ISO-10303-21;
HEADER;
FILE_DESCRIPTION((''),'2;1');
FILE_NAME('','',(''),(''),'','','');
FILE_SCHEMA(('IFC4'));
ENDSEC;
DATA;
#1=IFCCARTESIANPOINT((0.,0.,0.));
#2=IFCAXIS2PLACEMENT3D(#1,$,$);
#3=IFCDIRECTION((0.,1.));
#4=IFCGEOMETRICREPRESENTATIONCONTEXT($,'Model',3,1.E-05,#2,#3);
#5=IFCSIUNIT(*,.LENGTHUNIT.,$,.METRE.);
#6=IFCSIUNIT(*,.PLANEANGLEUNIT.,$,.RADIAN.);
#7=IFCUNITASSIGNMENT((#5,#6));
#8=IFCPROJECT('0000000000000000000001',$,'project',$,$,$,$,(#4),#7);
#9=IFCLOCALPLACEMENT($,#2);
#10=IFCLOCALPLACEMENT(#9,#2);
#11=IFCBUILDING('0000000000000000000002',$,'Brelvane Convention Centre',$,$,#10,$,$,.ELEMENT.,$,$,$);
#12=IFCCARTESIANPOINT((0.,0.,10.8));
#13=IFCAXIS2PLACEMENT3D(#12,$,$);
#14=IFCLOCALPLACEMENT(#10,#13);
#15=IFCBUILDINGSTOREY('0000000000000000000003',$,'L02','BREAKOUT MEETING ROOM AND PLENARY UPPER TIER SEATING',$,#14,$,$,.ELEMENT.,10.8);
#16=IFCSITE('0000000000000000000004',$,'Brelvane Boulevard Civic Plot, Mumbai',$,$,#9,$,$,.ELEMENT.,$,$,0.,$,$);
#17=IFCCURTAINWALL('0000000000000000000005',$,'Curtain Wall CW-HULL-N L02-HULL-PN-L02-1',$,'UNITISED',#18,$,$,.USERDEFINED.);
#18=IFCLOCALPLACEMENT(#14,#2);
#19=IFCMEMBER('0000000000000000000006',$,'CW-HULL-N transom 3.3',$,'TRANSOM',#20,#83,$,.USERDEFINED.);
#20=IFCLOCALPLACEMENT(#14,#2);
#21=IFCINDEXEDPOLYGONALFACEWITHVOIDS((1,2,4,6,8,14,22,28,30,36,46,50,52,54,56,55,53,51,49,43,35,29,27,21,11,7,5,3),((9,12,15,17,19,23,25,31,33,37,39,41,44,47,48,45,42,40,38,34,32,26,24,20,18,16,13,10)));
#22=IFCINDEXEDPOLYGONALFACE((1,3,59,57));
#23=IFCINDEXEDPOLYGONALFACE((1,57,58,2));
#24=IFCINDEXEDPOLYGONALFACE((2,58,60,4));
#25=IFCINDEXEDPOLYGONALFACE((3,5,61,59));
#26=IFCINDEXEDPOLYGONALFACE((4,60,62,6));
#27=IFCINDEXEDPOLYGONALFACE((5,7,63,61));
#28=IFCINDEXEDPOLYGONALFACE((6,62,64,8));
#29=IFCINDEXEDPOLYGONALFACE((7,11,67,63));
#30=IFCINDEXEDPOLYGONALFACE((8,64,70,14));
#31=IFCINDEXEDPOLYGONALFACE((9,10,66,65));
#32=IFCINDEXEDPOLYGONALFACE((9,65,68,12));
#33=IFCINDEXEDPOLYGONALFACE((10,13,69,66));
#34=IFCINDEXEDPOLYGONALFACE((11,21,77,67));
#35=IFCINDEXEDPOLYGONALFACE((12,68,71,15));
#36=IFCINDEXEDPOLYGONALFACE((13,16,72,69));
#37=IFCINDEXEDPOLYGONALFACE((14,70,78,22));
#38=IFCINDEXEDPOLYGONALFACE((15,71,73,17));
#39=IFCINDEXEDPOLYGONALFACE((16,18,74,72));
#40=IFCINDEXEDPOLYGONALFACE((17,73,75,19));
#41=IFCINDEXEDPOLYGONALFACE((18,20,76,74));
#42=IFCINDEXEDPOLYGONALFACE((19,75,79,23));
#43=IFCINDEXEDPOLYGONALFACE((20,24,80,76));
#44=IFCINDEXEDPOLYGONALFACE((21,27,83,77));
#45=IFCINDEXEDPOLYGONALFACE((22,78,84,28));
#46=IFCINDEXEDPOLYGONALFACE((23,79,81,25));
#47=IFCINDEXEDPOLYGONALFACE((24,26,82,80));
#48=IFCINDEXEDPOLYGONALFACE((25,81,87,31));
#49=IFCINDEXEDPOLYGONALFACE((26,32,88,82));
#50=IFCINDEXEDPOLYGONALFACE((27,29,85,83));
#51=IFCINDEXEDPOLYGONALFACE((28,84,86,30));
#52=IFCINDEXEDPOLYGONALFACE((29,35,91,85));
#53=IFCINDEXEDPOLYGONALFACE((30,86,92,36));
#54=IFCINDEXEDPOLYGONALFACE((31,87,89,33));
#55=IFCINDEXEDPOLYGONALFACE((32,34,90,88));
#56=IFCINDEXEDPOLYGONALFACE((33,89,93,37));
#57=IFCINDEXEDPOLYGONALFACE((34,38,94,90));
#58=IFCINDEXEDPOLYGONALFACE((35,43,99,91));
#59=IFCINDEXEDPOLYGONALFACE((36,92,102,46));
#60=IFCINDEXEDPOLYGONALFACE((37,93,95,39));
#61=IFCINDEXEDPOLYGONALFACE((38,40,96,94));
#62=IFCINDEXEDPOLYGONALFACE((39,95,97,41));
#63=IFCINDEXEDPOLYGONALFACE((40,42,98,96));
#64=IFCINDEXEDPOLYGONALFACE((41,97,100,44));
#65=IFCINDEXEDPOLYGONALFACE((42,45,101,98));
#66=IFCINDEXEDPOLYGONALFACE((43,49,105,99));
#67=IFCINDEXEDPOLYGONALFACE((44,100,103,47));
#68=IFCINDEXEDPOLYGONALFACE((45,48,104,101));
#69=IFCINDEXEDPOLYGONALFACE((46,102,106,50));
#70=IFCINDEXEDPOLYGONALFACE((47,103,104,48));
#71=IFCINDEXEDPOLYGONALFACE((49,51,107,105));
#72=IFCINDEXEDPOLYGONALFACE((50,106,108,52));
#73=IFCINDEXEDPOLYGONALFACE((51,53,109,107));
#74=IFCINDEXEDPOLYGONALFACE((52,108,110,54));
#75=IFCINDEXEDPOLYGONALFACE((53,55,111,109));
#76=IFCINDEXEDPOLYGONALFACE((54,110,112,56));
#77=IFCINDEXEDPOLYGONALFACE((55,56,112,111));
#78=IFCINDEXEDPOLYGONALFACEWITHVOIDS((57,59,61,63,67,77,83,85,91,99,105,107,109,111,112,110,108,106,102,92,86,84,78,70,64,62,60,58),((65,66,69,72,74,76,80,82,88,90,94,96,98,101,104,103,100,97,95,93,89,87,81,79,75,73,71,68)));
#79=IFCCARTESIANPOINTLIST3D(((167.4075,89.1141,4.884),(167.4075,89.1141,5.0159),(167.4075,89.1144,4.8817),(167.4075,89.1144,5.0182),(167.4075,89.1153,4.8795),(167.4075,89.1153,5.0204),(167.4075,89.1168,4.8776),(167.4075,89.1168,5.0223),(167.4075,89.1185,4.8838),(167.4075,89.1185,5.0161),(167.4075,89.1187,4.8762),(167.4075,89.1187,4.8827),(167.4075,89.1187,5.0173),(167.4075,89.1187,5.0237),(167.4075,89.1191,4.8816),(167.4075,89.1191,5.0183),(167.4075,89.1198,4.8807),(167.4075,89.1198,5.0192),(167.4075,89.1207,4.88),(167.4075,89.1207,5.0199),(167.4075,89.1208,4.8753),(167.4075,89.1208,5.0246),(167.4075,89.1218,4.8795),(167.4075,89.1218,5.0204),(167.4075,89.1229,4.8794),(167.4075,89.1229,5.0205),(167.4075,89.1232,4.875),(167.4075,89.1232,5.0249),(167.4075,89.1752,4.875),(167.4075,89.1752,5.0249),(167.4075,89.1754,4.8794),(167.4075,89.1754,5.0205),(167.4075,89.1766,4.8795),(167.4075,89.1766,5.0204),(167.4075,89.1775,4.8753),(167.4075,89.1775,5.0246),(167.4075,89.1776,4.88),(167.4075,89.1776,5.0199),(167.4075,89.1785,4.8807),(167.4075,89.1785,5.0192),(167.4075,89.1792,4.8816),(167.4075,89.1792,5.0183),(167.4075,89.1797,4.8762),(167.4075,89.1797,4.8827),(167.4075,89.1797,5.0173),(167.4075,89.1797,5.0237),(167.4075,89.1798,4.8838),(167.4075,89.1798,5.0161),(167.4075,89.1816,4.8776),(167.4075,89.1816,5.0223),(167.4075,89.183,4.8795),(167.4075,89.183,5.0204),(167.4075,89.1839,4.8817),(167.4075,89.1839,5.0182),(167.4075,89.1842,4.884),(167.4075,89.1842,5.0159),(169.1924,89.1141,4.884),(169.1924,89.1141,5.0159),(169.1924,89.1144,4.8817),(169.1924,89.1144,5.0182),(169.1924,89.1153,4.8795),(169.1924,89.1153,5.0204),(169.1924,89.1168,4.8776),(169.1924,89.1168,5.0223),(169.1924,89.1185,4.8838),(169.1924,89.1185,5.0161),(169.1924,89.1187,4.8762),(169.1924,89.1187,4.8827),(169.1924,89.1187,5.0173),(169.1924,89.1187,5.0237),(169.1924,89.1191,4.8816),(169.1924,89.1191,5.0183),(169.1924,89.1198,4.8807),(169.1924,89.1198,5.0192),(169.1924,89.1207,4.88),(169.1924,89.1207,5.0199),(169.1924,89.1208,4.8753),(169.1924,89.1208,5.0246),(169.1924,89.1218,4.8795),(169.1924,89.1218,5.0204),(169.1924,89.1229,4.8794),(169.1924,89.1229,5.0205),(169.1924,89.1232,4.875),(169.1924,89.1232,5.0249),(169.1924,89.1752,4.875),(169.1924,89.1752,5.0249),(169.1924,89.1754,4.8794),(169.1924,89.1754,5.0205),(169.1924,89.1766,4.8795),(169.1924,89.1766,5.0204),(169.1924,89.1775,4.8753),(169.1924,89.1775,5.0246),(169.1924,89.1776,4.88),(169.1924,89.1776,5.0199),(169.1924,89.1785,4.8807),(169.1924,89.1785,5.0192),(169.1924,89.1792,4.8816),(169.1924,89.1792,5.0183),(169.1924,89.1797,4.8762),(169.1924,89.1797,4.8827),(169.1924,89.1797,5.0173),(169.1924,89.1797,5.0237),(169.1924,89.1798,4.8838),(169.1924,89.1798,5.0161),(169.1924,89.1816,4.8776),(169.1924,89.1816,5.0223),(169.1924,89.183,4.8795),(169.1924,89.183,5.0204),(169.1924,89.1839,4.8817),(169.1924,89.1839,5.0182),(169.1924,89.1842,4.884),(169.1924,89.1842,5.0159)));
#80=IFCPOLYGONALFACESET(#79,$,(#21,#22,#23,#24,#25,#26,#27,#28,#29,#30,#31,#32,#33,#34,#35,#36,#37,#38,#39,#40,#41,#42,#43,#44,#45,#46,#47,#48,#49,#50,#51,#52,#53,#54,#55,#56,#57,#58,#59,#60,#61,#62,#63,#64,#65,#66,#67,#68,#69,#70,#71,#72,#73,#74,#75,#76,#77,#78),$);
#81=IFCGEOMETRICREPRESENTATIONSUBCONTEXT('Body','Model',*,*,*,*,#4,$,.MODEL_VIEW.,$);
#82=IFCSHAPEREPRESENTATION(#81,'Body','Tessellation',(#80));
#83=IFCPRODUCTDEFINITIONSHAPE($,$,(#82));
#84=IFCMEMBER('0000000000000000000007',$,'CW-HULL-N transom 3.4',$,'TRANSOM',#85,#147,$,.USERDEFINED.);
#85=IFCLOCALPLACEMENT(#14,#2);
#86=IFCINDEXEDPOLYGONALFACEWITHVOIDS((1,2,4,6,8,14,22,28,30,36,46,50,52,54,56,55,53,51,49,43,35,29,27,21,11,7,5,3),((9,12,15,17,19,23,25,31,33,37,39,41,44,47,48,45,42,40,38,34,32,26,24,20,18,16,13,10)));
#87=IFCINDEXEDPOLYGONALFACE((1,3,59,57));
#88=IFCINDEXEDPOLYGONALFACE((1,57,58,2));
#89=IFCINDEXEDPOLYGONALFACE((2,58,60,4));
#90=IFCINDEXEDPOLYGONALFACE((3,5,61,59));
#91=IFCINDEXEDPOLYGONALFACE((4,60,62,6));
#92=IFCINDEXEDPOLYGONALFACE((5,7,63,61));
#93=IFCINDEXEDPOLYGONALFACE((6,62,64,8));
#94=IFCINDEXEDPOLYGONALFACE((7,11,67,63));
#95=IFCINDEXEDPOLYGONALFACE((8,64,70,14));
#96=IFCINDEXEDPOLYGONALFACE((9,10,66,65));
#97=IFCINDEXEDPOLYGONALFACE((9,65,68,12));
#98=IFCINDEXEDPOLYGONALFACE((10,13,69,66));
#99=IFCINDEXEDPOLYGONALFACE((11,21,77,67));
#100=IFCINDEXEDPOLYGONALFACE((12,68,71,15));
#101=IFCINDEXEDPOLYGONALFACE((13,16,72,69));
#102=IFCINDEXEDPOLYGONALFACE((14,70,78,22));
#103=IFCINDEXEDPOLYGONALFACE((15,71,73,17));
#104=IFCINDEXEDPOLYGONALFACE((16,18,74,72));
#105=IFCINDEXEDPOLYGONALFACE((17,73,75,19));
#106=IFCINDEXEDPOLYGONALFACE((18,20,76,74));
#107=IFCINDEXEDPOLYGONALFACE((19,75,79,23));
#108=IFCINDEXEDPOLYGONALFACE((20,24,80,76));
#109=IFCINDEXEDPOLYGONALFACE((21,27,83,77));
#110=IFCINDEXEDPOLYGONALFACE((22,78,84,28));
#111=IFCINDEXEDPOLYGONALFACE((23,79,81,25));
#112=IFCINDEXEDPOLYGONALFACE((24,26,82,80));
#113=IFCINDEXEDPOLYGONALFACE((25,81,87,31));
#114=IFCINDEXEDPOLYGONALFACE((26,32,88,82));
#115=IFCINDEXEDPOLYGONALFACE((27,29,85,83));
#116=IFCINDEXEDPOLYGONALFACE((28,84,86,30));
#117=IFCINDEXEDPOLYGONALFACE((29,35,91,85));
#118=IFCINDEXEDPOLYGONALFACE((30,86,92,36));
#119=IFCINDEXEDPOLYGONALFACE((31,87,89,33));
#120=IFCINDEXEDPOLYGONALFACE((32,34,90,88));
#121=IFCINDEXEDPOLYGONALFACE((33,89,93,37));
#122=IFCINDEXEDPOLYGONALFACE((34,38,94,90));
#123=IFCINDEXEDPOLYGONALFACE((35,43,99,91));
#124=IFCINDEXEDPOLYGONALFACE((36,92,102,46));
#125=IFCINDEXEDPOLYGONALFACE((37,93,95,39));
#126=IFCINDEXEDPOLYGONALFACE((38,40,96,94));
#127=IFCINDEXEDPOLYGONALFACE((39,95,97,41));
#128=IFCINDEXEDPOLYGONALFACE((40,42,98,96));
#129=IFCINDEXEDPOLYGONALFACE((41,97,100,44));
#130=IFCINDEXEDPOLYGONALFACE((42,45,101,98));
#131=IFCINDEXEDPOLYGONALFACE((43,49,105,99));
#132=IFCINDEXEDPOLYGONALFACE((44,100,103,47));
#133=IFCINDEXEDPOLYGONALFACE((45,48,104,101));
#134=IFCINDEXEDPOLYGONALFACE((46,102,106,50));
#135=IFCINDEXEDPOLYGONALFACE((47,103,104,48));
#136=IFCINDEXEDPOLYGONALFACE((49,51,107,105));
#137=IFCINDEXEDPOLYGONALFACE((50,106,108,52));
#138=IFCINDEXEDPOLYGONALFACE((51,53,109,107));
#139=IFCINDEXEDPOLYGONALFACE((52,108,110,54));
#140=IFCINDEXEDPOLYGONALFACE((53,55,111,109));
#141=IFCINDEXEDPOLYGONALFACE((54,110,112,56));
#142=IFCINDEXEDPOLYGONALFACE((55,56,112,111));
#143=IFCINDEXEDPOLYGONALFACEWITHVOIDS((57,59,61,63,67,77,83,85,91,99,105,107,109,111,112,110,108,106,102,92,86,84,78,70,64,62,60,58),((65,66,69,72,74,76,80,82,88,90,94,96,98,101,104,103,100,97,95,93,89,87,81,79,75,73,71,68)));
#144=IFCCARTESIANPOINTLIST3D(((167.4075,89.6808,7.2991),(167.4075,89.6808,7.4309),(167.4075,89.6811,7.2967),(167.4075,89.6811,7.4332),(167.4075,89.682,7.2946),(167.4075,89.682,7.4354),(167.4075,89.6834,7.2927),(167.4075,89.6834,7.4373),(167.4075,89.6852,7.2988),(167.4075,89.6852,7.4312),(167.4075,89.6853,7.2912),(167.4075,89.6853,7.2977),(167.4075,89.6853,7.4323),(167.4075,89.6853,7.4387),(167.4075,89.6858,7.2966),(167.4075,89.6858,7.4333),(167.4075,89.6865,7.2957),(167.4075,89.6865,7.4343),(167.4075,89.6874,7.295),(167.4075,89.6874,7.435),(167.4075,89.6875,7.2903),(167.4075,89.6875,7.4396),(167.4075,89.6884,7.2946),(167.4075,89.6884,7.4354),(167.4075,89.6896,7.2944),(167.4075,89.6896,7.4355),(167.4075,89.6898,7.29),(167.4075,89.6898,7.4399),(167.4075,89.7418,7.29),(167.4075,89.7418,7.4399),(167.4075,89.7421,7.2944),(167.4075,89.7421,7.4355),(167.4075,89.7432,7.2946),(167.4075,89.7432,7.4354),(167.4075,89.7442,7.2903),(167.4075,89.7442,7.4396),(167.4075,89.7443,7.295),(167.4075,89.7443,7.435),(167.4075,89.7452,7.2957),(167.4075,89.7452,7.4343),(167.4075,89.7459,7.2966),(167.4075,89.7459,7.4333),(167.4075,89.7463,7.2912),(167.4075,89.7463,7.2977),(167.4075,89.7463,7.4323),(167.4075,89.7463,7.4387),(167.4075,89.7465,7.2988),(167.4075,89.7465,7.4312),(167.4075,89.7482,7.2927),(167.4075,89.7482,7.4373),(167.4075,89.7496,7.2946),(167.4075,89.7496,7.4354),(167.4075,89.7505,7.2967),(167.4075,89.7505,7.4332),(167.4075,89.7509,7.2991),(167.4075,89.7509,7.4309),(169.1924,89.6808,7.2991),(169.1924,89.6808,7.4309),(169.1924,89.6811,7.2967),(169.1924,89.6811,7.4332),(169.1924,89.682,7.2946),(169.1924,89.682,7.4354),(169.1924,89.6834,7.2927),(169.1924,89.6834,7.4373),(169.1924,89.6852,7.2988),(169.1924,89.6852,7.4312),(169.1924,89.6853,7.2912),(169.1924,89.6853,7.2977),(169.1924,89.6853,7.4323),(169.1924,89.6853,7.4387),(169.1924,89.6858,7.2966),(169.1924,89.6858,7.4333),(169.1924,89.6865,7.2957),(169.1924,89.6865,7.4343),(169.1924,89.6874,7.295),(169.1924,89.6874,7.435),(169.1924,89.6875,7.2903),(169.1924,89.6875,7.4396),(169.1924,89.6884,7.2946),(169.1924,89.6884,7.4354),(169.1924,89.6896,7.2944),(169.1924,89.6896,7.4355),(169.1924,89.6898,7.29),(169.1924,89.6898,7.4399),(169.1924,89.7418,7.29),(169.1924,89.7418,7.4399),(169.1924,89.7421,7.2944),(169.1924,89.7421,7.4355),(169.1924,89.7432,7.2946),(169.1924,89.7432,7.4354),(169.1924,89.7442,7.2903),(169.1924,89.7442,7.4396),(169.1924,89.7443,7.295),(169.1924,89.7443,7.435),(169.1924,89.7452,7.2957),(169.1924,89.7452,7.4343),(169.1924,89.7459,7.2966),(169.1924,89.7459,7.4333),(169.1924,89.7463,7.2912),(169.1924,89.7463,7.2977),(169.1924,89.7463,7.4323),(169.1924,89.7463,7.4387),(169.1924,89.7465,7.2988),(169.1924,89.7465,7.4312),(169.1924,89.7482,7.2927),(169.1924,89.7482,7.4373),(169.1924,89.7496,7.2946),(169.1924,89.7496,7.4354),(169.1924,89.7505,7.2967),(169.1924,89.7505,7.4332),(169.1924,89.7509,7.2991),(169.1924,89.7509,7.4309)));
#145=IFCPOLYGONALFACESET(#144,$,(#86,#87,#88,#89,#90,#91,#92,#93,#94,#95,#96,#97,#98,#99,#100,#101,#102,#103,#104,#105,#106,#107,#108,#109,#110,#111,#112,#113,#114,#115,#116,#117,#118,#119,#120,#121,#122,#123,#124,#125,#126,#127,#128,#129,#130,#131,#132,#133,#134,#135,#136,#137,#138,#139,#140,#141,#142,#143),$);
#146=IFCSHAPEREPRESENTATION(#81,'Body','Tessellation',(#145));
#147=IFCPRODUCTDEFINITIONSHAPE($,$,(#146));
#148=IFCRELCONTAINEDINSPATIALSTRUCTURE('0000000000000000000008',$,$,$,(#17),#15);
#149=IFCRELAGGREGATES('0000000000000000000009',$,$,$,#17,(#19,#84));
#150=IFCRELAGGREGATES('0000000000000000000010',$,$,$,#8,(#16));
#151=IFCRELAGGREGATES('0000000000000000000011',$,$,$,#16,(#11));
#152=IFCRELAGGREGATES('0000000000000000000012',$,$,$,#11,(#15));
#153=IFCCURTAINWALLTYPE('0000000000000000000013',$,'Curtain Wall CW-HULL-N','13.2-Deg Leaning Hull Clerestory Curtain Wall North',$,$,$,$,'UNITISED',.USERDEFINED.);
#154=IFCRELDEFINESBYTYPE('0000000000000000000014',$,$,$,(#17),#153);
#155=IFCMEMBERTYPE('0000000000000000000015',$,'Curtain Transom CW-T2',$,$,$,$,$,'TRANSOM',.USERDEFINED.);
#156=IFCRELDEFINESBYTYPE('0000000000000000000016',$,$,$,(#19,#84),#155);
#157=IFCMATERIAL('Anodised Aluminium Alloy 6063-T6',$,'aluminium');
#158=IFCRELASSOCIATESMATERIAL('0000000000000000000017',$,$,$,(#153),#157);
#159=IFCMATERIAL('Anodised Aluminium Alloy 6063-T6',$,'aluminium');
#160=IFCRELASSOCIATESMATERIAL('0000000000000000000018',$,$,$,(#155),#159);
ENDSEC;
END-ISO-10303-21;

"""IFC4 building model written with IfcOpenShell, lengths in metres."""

from ifc_helpers import new_model, si_unit, direction, frame, origin, origin_2d, place, context, subcontext, project, spatial, hollow_rectangle, extrude, material, material_profile, profile_set, type_object, element, aggregate, save


model = new_model("IFC4")

# Units and contexts
model_context = context("Model", 3, precision=1e-05, world=origin(), true_north=direction((0.0, 1.0)))
body_context = subcontext(model_context, "Body", "Model", "MODEL_VIEW")
ifc_project = project(units=[si_unit("LENGTHUNIT", "METRE"), si_unit("PLANEANGLEUNIT", "RADIAN")], contexts=[model_context])

# Site, building, storey
site_placement = place(None, origin())
site = spatial("IfcSite", under=ifc_project, at=site_placement, Name="Brelvane Boulevard Civic Plot, Mumbai", CompositionType="ELEMENT", RefElevation=0.0)
building_placement = place(site_placement, origin())
building = spatial("IfcBuilding", under=site, at=building_placement, Name="Brelvane Convention Centre", CompositionType="ELEMENT")
storey_placement = place(building_placement, frame((0.0, 0.0, 10.8)))
storey = spatial("IfcBuildingStorey", under=building, at=storey_placement, Name="L02", Description="BREAKOUT MEETING ROOM AND PLENARY UPPER TIER SEATING", CompositionType="ELEMENT", Elevation=10.8)

# Curtain wall, members
ifc_material_1 = material(Name="Anodised Aluminium Alloy 6063-T6", Category="aluminium")
curtain_wall_type = type_object("IfcCurtainWallType", Name="Curtain Wall CW-HULL-N", Description="13.2-Deg Leaning Hull Clerestory Curtain Wall North", ElementType="UNITISED", PredefinedType="USERDEFINED", material=ifc_material_1)
curtain_wall_1_placement = place(storey_placement, origin())
curtain_wall_1 = element("IfcCurtainWall", 1, at=curtain_wall_1_placement, inside=storey, type_object=curtain_wall_type, Name="Curtain Wall CW-HULL-N L02-HULL-PN-L02-1", ObjectType="UNITISED", PredefinedType="USERDEFINED")
ifc_material_2 = material(Name="Anodised Aluminium Alloy 6063-T6", Category="aluminium")
ifc_material_profile = material_profile(ifc_material_2, hollow_rectangle(XDim=0.0701, YDim=0.1499, WallThickness=0.0044, InnerFilletRadius=0.0044, OuterFilletRadius=0.009, at=origin_2d()), Name="ALU-T 150x70x4.5")
ifc_profile_set = profile_set([ifc_material_profile], Name="Anodised Aluminium Alloy 6063-T6")
member_type = type_object("IfcMemberType", Name="Curtain Transom CW-T2", ElementType="TRANSOM", PredefinedType="USERDEFINED", material=ifc_profile_set)
member_1_placement = place(storey_placement, frame((167.4075, 89.1492, 4.95), z_axis=(1.0, 0.0, 0.0), x_axis=(0.0, 1.0, 0.0)))
member_1 = element("IfcMember", 2, at=member_1_placement, type_object=member_type, Name="CW-HULL-N transom 3.3", ObjectType="TRANSOM", PredefinedType="USERDEFINED", context=body_context, shape_type="SweptSolid", body=[
    extrude(hollow_rectangle(XDim=0.0701, YDim=0.1499, WallThickness=0.0044, InnerFilletRadius=0.0044, OuterFilletRadius=0.009, at=origin_2d()), origin(), (0.0, 0.0, 1.0), 1.7849),
])
member_2_placement = place(storey_placement, frame((167.4075, 89.7158, 7.365), z_axis=(1.0, 0.0, 0.0), x_axis=(0.0, 1.0, 0.0)))
member_2 = element("IfcMember", 3, at=member_2_placement, type_object=member_type, Name="CW-HULL-N transom 3.4", ObjectType="TRANSOM", PredefinedType="USERDEFINED", context=body_context, shape_type="SweptSolid", body=[
    extrude(hollow_rectangle(XDim=0.0701, YDim=0.1499, WallThickness=0.0044, InnerFilletRadius=0.0044, OuterFilletRadius=0.009, at=origin_2d()), origin(), (0.0, 0.0, 1.0), 1.7849),
])

aggregate(curtain_wall_1, [member_1, member_2])

save(model, "model.ifc")
